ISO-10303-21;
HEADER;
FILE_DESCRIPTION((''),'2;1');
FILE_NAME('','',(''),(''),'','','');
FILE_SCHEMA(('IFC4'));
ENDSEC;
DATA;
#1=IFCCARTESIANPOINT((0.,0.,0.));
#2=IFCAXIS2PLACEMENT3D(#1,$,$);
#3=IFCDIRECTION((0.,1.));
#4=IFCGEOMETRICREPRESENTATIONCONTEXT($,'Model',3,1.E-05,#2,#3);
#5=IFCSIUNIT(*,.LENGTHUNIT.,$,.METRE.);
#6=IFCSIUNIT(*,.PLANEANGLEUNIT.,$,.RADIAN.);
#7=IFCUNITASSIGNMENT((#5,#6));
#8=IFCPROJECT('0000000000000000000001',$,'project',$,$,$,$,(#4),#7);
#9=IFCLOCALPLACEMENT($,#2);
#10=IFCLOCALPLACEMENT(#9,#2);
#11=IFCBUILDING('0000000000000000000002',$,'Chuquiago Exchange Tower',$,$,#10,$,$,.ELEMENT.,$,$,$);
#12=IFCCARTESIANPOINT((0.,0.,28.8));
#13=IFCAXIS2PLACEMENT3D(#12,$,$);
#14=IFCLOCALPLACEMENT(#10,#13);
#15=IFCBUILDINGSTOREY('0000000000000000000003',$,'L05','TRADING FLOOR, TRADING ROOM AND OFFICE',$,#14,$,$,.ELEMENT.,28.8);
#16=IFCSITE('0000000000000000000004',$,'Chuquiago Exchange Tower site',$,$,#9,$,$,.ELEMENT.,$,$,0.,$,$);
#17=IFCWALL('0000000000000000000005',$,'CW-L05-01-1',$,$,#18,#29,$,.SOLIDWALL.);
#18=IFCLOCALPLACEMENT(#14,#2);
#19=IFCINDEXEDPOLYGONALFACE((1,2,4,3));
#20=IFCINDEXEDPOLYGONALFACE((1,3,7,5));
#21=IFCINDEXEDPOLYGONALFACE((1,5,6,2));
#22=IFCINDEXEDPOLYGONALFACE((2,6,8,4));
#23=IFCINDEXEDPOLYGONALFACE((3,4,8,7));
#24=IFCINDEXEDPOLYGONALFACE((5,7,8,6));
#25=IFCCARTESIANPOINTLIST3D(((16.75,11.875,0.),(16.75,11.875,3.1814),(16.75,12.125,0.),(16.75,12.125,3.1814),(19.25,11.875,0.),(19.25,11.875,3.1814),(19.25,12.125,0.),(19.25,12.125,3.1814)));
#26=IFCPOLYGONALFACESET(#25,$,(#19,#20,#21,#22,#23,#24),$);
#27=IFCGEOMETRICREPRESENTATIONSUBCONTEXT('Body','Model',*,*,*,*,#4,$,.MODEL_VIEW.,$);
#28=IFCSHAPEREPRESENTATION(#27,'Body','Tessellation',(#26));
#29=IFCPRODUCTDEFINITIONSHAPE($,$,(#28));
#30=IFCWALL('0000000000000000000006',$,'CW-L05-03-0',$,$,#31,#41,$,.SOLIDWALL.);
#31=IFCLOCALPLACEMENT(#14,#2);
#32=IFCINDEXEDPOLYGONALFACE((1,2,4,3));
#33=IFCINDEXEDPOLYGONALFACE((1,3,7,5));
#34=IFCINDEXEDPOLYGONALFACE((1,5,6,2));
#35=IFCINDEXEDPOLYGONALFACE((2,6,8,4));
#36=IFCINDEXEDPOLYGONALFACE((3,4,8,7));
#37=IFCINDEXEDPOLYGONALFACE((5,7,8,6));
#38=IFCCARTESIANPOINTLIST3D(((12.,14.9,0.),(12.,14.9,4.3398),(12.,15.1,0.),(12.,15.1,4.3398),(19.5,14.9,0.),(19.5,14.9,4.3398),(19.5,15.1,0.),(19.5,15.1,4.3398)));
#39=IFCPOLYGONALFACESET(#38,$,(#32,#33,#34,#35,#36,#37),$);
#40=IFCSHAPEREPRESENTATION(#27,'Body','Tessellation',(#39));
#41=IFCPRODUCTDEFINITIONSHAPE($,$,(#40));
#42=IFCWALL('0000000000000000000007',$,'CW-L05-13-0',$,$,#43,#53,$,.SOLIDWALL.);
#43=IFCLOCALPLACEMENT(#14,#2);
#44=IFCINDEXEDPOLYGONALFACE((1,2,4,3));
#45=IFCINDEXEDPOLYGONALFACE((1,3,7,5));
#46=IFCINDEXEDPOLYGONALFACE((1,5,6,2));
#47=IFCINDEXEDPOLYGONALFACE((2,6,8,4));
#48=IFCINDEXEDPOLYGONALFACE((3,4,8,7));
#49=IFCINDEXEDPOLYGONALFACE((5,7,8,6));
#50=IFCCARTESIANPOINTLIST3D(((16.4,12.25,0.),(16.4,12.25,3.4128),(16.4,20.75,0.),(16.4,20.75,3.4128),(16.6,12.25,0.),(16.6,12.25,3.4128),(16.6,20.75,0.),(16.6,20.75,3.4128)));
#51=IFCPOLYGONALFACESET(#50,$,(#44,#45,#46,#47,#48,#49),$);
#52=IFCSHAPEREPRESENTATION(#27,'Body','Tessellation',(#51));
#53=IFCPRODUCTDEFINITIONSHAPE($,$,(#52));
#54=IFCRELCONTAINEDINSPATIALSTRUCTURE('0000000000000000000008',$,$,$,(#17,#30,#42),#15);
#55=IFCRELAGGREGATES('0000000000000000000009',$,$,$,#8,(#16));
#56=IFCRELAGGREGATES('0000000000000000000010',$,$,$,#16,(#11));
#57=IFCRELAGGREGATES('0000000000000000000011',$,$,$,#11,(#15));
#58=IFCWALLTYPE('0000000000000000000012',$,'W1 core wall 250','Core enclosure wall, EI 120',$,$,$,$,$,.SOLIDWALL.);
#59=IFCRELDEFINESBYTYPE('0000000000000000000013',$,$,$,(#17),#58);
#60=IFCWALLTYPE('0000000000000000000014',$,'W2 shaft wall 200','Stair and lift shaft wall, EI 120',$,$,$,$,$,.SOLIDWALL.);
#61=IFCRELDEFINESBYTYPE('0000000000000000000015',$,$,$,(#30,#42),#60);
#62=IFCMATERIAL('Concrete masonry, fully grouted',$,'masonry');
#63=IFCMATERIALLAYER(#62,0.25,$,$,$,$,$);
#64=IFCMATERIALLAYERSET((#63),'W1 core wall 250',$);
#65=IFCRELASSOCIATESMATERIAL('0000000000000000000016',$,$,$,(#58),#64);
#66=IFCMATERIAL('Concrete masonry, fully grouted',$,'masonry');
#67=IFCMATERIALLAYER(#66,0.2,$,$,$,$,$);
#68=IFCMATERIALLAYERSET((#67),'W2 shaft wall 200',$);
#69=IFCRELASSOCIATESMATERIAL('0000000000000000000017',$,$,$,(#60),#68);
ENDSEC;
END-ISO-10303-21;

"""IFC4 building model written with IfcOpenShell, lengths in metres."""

from ifc_helpers import new_model, si_unit, direction, frame, frame_2d, origin, place, context, subcontext, project, spatial, rectangle, extrude, material, layer, layer_set, type_object, element, save


model = new_model("IFC4")

# Units and contexts
model_context = context("Model", 3, precision=1e-05, world=origin(), true_north=direction((0.0, 1.0)))
body_context = subcontext(model_context, "Body", "Model", "MODEL_VIEW")
ifc_project = project(units=[si_unit("LENGTHUNIT", "METRE"), si_unit("PLANEANGLEUNIT", "RADIAN")], contexts=[model_context])

# Site, building, storey
site_placement = place(None, origin())
site = spatial("IfcSite", under=ifc_project, at=site_placement, Name="Chuquiago Exchange Tower site", CompositionType="ELEMENT", RefElevation=0.0)
building_placement = place(site_placement, origin())
building = spatial("IfcBuilding", under=site, at=building_placement, Name="Chuquiago Exchange Tower", CompositionType="ELEMENT")
storey_placement = place(building_placement, frame((0.0, 0.0, 28.8)))
storey = spatial("IfcBuildingStorey", under=building, at=storey_placement, Name="L05", Description="TRADING FLOOR, TRADING ROOM AND OFFICE", CompositionType="ELEMENT", Elevation=28.8)

# Shared definitions
ifc_material_1 = material(Name="Concrete masonry, fully grouted", Category="masonry")
ifc_layer_1 = layer(ifc_material_1, 0.25)
ifc_layer_set_1 = layer_set([ifc_layer_1], Name="W1 core wall 250")
wall_type_1 = type_object("IfcWallType", Name="W1 core wall 250", Description="Core enclosure wall, EI 120", PredefinedType="SOLIDWALL", material=ifc_layer_set_1)

# Walls
wall_1_placement = place(storey_placement, frame((16.75, 12.0, 0.0), z_axis=(0.0, 0.0, 1.0), x_axis=(1.0, 0.0, 0.0)))
element("IfcWall", 1, at=wall_1_placement, inside=storey, type_object=wall_type_1, Name="CW-L05-01-1", PredefinedType="SOLIDWALL", context=body_context, shape_type="SweptSolid", body=[
    extrude(rectangle(XDim=2.5, YDim=0.25, at=frame_2d((1.25, 0.0))), origin(), (0.0, 0.0, 1.0), 3.1814),
])
ifc_material_2 = material(Name="Concrete masonry, fully grouted", Category="masonry")
ifc_layer_2 = layer(ifc_material_2, 0.2)
ifc_layer_set_2 = layer_set([ifc_layer_2], Name="W2 shaft wall 200")
wall_type_2 = type_object("IfcWallType", Name="W2 shaft wall 200", Description="Stair and lift shaft wall, EI 120", PredefinedType="SOLIDWALL", material=ifc_layer_set_2)
wall_2_placement = place(storey_placement, frame((12.0, 15.0, 0.0), z_axis=(0.0, 0.0, 1.0), x_axis=(1.0, 0.0, 0.0)))
element("IfcWall", 2, at=wall_2_placement, inside=storey, type_object=wall_type_2, Name="CW-L05-03-0", PredefinedType="SOLIDWALL", context=body_context, shape_type="SweptSolid", body=[
    extrude(rectangle(XDim=7.5, YDim=0.2, at=frame_2d((3.75, 0.0))), origin(), (0.0, 0.0, 1.0), 4.3398),
])
wall_3_placement = place(storey_placement, frame((16.5, 12.25, 0.0), z_axis=(0.0, 0.0, 1.0), x_axis=(0.0, 1.0, 0.0)))
element("IfcWall", 3, at=wall_3_placement, inside=storey, type_object=wall_type_2, Name="CW-L05-13-0", PredefinedType="SOLIDWALL", context=body_context, shape_type="SweptSolid", body=[
    extrude(rectangle(XDim=8.5, YDim=0.2, at=frame_2d((4.25, 0.0))), origin(), (0.0, 0.0, 1.0), 3.4128),
])

save(model, "model.ifc")
